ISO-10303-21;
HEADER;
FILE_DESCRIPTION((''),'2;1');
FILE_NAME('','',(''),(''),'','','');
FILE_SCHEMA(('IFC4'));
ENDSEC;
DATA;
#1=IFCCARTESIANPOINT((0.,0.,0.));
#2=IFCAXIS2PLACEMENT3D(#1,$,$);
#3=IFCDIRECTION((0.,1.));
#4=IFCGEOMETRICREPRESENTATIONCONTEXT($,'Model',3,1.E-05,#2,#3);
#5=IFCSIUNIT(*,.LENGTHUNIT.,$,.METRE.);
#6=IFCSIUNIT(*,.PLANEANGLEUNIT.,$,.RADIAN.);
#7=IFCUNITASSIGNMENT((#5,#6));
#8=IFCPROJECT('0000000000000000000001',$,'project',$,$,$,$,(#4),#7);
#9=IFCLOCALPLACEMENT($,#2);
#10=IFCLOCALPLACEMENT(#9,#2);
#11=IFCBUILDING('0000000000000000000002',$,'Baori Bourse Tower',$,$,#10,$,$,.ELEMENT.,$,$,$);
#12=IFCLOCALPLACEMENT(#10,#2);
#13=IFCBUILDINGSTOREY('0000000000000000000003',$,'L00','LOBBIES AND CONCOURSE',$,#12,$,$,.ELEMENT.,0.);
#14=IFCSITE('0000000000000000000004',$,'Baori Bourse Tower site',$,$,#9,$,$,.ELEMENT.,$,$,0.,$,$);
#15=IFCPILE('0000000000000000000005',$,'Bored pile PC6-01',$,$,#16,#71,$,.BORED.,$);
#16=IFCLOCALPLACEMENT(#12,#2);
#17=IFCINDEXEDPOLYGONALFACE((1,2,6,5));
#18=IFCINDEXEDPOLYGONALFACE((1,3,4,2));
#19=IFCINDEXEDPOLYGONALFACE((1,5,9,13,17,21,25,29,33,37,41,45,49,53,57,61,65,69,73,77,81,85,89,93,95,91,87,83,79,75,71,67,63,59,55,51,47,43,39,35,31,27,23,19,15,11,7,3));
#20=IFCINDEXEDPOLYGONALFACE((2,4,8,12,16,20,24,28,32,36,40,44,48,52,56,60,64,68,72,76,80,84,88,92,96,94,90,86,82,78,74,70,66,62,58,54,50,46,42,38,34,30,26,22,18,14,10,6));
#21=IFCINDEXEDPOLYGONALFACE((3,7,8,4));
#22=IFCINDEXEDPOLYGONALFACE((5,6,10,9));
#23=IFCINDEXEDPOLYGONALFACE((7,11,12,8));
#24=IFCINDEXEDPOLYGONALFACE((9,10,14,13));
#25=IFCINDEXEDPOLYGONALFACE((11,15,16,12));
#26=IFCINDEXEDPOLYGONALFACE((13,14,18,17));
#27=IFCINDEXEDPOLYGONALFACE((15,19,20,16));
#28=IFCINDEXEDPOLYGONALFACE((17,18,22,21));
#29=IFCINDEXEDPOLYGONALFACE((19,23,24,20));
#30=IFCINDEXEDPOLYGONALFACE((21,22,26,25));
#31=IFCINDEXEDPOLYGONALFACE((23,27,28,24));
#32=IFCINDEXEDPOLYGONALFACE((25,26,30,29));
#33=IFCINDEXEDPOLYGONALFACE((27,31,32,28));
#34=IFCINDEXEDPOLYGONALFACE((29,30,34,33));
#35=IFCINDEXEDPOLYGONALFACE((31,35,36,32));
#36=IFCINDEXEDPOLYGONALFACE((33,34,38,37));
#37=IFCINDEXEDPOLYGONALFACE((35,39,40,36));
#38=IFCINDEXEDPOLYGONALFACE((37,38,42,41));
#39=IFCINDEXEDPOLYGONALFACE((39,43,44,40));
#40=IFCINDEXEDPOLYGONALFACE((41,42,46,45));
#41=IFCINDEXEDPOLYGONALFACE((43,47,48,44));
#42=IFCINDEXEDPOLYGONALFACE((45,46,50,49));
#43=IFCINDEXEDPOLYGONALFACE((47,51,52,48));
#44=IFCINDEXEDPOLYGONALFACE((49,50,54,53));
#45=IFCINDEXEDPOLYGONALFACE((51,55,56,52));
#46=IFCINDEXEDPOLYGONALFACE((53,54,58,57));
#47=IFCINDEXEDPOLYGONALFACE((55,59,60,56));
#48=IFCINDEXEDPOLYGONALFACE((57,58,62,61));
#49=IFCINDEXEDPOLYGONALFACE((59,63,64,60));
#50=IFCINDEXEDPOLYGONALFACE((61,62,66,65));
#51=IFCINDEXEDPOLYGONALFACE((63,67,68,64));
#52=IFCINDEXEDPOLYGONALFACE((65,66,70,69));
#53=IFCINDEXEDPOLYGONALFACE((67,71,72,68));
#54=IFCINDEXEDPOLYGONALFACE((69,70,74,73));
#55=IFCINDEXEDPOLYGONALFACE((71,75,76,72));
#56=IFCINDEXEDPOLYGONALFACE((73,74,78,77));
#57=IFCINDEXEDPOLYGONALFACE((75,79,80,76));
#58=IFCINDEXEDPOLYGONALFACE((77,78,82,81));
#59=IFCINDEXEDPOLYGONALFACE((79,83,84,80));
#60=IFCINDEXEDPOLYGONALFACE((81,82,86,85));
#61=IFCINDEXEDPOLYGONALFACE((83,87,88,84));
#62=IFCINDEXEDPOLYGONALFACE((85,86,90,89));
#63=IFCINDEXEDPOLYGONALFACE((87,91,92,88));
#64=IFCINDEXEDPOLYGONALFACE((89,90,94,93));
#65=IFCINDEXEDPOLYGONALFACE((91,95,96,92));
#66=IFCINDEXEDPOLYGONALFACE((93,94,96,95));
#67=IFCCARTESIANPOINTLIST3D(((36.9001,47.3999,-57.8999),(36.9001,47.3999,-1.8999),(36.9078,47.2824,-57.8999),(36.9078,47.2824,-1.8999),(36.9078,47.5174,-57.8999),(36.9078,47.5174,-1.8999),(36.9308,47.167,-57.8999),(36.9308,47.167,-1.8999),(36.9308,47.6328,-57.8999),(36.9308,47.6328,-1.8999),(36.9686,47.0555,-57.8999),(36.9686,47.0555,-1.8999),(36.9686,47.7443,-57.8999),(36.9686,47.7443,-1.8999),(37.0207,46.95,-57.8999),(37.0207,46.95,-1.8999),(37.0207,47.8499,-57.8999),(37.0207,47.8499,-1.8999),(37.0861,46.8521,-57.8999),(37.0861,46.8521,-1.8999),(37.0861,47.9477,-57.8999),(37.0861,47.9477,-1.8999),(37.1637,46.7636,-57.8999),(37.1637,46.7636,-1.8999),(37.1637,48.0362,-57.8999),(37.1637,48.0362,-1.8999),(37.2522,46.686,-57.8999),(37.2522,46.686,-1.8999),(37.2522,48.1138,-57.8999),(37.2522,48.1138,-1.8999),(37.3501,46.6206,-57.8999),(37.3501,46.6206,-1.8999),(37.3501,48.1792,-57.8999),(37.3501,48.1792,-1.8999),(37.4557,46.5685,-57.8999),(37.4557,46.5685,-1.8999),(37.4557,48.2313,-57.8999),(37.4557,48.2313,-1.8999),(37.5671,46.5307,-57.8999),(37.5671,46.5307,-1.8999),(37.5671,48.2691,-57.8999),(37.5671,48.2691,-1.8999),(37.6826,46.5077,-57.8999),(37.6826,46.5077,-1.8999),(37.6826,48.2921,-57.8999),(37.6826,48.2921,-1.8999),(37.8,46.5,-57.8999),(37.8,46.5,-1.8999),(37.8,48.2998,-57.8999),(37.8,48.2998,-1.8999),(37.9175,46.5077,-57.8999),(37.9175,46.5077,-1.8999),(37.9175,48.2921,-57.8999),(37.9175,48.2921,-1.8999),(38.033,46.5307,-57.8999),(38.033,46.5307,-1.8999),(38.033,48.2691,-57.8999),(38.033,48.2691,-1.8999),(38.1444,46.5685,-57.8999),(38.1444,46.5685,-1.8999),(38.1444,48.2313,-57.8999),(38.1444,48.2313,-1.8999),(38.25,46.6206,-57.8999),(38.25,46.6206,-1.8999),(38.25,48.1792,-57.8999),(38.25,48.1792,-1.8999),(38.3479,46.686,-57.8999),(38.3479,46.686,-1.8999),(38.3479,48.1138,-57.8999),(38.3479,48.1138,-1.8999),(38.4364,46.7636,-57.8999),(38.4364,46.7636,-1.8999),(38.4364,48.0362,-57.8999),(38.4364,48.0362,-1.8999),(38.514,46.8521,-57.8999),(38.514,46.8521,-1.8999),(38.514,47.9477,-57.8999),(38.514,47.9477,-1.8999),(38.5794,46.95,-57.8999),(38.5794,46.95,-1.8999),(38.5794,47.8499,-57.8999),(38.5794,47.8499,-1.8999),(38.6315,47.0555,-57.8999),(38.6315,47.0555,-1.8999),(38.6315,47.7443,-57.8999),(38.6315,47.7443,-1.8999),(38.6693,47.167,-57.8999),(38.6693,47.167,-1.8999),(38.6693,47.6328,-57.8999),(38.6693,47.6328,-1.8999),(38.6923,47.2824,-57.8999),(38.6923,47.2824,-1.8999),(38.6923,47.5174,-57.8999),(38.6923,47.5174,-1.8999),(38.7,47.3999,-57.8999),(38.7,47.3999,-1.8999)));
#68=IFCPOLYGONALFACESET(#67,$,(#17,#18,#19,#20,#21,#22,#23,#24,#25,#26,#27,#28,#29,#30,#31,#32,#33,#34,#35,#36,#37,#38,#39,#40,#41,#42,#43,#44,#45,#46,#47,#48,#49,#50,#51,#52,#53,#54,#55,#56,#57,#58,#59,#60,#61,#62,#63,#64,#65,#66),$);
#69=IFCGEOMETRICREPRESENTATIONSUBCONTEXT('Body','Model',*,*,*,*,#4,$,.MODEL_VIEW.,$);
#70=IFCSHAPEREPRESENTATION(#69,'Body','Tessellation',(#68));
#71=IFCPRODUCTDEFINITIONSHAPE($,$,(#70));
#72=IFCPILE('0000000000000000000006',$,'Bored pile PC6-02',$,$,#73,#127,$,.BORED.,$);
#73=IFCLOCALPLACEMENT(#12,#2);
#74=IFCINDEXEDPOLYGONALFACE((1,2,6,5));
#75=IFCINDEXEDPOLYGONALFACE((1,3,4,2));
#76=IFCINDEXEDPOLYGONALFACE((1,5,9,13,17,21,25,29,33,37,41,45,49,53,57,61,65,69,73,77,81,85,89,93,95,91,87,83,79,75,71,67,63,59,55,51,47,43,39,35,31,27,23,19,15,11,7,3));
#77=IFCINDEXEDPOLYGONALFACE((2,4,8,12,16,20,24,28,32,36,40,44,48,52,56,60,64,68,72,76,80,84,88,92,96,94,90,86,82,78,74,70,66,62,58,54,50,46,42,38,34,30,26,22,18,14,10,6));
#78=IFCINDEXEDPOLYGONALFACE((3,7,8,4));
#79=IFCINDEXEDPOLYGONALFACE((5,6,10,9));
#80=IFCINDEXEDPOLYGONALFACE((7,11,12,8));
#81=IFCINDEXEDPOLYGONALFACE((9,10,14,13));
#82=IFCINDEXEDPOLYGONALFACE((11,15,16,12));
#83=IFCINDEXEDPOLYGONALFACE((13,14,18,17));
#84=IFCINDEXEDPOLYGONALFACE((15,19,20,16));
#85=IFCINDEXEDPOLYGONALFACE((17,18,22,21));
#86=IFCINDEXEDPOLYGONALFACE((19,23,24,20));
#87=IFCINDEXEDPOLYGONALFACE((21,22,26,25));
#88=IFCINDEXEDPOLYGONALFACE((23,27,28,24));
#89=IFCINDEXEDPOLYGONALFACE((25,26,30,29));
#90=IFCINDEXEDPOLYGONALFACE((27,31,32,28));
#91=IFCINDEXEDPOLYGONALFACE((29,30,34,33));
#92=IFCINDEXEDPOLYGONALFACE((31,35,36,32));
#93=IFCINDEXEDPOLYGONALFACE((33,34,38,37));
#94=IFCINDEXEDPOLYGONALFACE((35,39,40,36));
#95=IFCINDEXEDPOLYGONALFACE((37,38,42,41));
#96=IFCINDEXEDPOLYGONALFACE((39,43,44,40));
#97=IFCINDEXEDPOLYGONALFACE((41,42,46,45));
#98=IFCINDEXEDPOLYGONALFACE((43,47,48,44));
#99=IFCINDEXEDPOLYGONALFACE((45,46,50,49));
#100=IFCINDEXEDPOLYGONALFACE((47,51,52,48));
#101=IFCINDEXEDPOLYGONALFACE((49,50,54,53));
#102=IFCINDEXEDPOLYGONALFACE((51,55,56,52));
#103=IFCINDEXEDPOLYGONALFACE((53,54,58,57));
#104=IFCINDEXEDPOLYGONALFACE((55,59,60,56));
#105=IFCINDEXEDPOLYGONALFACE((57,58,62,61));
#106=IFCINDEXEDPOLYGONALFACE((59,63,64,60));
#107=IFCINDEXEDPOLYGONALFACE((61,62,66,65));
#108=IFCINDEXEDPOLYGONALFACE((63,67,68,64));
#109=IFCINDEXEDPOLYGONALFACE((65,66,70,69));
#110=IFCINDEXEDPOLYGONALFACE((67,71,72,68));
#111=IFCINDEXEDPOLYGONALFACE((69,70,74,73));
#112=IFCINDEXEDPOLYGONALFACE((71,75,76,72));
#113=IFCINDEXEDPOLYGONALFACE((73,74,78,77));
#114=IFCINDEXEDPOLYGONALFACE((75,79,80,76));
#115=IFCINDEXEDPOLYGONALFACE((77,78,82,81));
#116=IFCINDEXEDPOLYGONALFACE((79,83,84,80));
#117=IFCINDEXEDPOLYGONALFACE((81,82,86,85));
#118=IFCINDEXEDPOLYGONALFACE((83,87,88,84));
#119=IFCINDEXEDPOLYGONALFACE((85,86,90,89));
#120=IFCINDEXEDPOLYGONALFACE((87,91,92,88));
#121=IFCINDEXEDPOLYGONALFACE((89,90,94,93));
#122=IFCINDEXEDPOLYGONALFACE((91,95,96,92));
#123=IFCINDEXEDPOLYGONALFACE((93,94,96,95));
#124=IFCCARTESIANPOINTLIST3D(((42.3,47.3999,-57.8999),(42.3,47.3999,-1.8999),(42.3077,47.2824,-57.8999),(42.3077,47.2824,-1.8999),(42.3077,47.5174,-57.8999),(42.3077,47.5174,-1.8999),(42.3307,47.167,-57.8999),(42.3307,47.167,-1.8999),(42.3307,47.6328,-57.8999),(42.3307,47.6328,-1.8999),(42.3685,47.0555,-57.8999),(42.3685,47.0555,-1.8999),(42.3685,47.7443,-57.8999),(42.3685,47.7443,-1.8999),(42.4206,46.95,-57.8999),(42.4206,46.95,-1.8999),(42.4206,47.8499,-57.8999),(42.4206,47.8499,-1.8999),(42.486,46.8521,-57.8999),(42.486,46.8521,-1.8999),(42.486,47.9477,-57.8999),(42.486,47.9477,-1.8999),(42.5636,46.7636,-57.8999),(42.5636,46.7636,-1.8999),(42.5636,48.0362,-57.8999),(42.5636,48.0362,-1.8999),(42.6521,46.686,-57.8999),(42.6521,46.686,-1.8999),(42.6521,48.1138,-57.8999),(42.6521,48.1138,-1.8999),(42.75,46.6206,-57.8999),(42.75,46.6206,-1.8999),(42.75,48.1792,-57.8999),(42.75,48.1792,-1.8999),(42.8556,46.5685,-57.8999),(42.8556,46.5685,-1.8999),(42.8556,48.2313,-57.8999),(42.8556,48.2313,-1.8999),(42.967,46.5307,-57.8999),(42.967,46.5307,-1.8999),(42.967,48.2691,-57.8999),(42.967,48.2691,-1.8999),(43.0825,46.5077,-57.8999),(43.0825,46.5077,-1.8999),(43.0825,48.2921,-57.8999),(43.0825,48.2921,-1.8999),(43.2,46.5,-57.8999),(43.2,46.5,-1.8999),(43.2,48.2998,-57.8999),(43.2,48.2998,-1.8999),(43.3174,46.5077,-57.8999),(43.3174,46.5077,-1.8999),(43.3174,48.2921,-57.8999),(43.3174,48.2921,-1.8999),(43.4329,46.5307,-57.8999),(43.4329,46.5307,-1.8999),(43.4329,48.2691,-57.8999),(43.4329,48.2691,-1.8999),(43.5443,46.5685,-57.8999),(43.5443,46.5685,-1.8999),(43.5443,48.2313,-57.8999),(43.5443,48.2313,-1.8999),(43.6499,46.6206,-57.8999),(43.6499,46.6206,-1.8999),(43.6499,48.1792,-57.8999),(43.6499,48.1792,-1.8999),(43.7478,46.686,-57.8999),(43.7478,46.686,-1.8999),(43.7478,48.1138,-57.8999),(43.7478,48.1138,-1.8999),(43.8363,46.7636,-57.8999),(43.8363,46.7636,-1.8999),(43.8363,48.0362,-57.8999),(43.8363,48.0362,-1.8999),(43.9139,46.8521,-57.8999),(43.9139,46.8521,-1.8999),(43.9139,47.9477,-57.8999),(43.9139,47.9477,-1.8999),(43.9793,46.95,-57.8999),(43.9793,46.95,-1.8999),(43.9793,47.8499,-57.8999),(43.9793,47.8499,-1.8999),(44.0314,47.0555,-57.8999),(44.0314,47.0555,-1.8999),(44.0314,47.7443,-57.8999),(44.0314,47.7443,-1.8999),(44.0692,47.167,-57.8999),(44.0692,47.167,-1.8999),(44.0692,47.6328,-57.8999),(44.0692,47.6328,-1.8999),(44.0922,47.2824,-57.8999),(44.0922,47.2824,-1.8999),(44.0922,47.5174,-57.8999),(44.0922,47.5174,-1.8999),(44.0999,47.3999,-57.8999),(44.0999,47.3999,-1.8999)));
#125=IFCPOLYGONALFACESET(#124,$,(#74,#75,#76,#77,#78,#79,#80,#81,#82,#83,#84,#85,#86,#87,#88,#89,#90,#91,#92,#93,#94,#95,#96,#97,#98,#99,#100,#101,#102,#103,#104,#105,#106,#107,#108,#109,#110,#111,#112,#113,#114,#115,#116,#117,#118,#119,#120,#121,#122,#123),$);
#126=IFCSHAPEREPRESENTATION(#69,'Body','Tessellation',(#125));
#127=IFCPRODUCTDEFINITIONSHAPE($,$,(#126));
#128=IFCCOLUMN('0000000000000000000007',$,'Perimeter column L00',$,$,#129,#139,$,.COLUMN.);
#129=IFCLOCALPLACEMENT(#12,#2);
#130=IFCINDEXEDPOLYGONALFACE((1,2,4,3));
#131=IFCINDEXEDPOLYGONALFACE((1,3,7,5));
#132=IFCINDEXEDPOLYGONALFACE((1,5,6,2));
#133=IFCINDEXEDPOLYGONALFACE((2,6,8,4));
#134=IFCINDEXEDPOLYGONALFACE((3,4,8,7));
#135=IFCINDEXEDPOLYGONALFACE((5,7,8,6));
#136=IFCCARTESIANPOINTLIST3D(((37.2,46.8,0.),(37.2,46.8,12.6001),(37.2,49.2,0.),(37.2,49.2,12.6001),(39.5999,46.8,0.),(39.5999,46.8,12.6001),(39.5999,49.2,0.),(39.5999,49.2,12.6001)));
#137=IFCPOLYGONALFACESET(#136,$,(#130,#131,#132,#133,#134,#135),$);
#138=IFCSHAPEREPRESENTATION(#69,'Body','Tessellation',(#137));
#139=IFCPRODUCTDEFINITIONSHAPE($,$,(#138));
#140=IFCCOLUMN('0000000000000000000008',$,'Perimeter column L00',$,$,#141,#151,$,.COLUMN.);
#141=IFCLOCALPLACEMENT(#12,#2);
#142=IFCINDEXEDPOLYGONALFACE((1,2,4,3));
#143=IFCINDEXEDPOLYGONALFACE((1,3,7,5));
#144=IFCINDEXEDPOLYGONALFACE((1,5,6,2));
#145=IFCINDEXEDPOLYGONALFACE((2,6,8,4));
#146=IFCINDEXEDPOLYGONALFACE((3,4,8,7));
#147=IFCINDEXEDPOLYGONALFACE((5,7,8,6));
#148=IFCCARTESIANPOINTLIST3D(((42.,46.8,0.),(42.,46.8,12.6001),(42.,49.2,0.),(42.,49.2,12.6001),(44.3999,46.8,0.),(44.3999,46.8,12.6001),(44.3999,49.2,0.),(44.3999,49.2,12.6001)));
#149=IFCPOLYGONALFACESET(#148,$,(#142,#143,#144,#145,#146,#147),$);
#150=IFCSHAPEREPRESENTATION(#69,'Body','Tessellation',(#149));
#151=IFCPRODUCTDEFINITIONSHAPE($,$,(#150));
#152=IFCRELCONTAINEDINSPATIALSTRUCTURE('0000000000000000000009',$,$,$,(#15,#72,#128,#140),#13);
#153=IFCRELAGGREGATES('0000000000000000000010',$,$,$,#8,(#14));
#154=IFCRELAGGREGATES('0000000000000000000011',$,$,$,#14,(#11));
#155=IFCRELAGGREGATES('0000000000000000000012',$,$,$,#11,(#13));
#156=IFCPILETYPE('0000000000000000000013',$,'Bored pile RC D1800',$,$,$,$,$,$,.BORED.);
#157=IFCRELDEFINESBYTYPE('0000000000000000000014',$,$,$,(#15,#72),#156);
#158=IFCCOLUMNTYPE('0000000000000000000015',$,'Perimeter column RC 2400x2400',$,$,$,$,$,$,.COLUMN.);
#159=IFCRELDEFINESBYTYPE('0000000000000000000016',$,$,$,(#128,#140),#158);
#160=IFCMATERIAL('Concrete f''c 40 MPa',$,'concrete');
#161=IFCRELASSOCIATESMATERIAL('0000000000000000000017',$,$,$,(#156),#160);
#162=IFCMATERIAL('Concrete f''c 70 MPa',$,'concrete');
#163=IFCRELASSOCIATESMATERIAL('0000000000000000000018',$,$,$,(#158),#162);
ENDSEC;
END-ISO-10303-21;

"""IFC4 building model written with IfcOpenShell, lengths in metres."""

from ifc_helpers import new_model, si_unit, direction, frame, origin, origin_2d, place, context, subcontext, project, spatial, rectangle, circle, extrude, material, material_profile, profile_set, type_object, element, save


model = new_model("IFC4")

# Units and contexts
model_context = context("Model", 3, precision=1e-05, world=origin(), true_north=direction((0.0, 1.0)))
body_context = subcontext(model_context, "Body", "Model", "MODEL_VIEW")
ifc_project = project(units=[si_unit("LENGTHUNIT", "METRE"), si_unit("PLANEANGLEUNIT", "RADIAN")], contexts=[model_context])

# Site, building, storey
site_placement = place(None, origin())
site = spatial("IfcSite", under=ifc_project, at=site_placement, Name="Baori Bourse Tower site", CompositionType="ELEMENT", RefElevation=0.0)
building_placement = place(site_placement, origin())
building = spatial("IfcBuilding", under=site, at=building_placement, Name="Baori Bourse Tower", CompositionType="ELEMENT")
storey_placement = place(building_placement, origin())
storey = spatial("IfcBuildingStorey", under=building, at=storey_placement, Name="L00", Description="LOBBIES AND CONCOURSE", CompositionType="ELEMENT", Elevation=0.0)

# Piles
ifc_material_1 = material(Name="Concrete f'c 40 MPa", Category="concrete")
ifc_material_profile_1 = material_profile(ifc_material_1, circle(Radius=0.8999, at=origin_2d()), Name="RC D1800")
ifc_profile_set_1 = profile_set([ifc_material_profile_1], Name="Concrete f'c 40 MPa")
pile_type = type_object("IfcPileType", Name="Bored pile RC D1800", PredefinedType="BORED", material=ifc_profile_set_1)
for number, where, z_axis, x_axis, name in (
    (1, (37.8, 47.3999, -1.8999), (0.0, 0.0, -1.0), (1.0, 0.0, 0.0), "Bored pile PC6-01"),
    (2, (43.2, 47.3999, -1.8999), (0.0, 0.0, -1.0), (1.0, 0.0, 0.0), "Bored pile PC6-02"),
):
    element("IfcPile", number, at=place(storey_placement, frame(where, z_axis=z_axis, x_axis=x_axis)), inside=storey, type_object=pile_type, Name=name, PredefinedType="BORED", context=body_context, shape_type="SweptSolid", body=[
        extrude(circle(Radius=0.8999, at=origin_2d()), origin(), (0.0, 0.0, 1.0), 56.0),
    ])

# Columns
ifc_material_2 = material(Name="Concrete f'c 70 MPa", Category="concrete")
ifc_material_profile_2 = material_profile(ifc_material_2, rectangle(XDim=2.3999, YDim=2.3999, at=origin_2d()), Name="RC 2400x2400")
ifc_profile_set_2 = profile_set([ifc_material_profile_2], Name="Concrete f'c 70 MPa")
column_type = type_object("IfcColumnType", Name="Perimeter column RC 2400x2400", PredefinedType="COLUMN", material=ifc_profile_set_2)
for number, where, z_axis, x_axis, name in (
    (3, (38.3999, 48.0, 0.0), (0.0, 0.0, 1.0), (1.0, 0.0, 0.0), "Perimeter column L00"),
    (4, (43.2, 48.0, 0.0), (0.0, 0.0, 1.0), (1.0, 0.0, 0.0), "Perimeter column L00"),
):
    element("IfcColumn", number, at=place(storey_placement, frame(where, z_axis=z_axis, x_axis=x_axis)), inside=storey, type_object=column_type, Name=name, PredefinedType="COLUMN", context=body_context, shape_type="SweptSolid", body=[
        extrude(rectangle(XDim=2.3999, YDim=2.3999, at=origin_2d()), origin(), (0.0, 0.0, 1.0), 12.6001),
    ])

save(model, "model.ifc")
